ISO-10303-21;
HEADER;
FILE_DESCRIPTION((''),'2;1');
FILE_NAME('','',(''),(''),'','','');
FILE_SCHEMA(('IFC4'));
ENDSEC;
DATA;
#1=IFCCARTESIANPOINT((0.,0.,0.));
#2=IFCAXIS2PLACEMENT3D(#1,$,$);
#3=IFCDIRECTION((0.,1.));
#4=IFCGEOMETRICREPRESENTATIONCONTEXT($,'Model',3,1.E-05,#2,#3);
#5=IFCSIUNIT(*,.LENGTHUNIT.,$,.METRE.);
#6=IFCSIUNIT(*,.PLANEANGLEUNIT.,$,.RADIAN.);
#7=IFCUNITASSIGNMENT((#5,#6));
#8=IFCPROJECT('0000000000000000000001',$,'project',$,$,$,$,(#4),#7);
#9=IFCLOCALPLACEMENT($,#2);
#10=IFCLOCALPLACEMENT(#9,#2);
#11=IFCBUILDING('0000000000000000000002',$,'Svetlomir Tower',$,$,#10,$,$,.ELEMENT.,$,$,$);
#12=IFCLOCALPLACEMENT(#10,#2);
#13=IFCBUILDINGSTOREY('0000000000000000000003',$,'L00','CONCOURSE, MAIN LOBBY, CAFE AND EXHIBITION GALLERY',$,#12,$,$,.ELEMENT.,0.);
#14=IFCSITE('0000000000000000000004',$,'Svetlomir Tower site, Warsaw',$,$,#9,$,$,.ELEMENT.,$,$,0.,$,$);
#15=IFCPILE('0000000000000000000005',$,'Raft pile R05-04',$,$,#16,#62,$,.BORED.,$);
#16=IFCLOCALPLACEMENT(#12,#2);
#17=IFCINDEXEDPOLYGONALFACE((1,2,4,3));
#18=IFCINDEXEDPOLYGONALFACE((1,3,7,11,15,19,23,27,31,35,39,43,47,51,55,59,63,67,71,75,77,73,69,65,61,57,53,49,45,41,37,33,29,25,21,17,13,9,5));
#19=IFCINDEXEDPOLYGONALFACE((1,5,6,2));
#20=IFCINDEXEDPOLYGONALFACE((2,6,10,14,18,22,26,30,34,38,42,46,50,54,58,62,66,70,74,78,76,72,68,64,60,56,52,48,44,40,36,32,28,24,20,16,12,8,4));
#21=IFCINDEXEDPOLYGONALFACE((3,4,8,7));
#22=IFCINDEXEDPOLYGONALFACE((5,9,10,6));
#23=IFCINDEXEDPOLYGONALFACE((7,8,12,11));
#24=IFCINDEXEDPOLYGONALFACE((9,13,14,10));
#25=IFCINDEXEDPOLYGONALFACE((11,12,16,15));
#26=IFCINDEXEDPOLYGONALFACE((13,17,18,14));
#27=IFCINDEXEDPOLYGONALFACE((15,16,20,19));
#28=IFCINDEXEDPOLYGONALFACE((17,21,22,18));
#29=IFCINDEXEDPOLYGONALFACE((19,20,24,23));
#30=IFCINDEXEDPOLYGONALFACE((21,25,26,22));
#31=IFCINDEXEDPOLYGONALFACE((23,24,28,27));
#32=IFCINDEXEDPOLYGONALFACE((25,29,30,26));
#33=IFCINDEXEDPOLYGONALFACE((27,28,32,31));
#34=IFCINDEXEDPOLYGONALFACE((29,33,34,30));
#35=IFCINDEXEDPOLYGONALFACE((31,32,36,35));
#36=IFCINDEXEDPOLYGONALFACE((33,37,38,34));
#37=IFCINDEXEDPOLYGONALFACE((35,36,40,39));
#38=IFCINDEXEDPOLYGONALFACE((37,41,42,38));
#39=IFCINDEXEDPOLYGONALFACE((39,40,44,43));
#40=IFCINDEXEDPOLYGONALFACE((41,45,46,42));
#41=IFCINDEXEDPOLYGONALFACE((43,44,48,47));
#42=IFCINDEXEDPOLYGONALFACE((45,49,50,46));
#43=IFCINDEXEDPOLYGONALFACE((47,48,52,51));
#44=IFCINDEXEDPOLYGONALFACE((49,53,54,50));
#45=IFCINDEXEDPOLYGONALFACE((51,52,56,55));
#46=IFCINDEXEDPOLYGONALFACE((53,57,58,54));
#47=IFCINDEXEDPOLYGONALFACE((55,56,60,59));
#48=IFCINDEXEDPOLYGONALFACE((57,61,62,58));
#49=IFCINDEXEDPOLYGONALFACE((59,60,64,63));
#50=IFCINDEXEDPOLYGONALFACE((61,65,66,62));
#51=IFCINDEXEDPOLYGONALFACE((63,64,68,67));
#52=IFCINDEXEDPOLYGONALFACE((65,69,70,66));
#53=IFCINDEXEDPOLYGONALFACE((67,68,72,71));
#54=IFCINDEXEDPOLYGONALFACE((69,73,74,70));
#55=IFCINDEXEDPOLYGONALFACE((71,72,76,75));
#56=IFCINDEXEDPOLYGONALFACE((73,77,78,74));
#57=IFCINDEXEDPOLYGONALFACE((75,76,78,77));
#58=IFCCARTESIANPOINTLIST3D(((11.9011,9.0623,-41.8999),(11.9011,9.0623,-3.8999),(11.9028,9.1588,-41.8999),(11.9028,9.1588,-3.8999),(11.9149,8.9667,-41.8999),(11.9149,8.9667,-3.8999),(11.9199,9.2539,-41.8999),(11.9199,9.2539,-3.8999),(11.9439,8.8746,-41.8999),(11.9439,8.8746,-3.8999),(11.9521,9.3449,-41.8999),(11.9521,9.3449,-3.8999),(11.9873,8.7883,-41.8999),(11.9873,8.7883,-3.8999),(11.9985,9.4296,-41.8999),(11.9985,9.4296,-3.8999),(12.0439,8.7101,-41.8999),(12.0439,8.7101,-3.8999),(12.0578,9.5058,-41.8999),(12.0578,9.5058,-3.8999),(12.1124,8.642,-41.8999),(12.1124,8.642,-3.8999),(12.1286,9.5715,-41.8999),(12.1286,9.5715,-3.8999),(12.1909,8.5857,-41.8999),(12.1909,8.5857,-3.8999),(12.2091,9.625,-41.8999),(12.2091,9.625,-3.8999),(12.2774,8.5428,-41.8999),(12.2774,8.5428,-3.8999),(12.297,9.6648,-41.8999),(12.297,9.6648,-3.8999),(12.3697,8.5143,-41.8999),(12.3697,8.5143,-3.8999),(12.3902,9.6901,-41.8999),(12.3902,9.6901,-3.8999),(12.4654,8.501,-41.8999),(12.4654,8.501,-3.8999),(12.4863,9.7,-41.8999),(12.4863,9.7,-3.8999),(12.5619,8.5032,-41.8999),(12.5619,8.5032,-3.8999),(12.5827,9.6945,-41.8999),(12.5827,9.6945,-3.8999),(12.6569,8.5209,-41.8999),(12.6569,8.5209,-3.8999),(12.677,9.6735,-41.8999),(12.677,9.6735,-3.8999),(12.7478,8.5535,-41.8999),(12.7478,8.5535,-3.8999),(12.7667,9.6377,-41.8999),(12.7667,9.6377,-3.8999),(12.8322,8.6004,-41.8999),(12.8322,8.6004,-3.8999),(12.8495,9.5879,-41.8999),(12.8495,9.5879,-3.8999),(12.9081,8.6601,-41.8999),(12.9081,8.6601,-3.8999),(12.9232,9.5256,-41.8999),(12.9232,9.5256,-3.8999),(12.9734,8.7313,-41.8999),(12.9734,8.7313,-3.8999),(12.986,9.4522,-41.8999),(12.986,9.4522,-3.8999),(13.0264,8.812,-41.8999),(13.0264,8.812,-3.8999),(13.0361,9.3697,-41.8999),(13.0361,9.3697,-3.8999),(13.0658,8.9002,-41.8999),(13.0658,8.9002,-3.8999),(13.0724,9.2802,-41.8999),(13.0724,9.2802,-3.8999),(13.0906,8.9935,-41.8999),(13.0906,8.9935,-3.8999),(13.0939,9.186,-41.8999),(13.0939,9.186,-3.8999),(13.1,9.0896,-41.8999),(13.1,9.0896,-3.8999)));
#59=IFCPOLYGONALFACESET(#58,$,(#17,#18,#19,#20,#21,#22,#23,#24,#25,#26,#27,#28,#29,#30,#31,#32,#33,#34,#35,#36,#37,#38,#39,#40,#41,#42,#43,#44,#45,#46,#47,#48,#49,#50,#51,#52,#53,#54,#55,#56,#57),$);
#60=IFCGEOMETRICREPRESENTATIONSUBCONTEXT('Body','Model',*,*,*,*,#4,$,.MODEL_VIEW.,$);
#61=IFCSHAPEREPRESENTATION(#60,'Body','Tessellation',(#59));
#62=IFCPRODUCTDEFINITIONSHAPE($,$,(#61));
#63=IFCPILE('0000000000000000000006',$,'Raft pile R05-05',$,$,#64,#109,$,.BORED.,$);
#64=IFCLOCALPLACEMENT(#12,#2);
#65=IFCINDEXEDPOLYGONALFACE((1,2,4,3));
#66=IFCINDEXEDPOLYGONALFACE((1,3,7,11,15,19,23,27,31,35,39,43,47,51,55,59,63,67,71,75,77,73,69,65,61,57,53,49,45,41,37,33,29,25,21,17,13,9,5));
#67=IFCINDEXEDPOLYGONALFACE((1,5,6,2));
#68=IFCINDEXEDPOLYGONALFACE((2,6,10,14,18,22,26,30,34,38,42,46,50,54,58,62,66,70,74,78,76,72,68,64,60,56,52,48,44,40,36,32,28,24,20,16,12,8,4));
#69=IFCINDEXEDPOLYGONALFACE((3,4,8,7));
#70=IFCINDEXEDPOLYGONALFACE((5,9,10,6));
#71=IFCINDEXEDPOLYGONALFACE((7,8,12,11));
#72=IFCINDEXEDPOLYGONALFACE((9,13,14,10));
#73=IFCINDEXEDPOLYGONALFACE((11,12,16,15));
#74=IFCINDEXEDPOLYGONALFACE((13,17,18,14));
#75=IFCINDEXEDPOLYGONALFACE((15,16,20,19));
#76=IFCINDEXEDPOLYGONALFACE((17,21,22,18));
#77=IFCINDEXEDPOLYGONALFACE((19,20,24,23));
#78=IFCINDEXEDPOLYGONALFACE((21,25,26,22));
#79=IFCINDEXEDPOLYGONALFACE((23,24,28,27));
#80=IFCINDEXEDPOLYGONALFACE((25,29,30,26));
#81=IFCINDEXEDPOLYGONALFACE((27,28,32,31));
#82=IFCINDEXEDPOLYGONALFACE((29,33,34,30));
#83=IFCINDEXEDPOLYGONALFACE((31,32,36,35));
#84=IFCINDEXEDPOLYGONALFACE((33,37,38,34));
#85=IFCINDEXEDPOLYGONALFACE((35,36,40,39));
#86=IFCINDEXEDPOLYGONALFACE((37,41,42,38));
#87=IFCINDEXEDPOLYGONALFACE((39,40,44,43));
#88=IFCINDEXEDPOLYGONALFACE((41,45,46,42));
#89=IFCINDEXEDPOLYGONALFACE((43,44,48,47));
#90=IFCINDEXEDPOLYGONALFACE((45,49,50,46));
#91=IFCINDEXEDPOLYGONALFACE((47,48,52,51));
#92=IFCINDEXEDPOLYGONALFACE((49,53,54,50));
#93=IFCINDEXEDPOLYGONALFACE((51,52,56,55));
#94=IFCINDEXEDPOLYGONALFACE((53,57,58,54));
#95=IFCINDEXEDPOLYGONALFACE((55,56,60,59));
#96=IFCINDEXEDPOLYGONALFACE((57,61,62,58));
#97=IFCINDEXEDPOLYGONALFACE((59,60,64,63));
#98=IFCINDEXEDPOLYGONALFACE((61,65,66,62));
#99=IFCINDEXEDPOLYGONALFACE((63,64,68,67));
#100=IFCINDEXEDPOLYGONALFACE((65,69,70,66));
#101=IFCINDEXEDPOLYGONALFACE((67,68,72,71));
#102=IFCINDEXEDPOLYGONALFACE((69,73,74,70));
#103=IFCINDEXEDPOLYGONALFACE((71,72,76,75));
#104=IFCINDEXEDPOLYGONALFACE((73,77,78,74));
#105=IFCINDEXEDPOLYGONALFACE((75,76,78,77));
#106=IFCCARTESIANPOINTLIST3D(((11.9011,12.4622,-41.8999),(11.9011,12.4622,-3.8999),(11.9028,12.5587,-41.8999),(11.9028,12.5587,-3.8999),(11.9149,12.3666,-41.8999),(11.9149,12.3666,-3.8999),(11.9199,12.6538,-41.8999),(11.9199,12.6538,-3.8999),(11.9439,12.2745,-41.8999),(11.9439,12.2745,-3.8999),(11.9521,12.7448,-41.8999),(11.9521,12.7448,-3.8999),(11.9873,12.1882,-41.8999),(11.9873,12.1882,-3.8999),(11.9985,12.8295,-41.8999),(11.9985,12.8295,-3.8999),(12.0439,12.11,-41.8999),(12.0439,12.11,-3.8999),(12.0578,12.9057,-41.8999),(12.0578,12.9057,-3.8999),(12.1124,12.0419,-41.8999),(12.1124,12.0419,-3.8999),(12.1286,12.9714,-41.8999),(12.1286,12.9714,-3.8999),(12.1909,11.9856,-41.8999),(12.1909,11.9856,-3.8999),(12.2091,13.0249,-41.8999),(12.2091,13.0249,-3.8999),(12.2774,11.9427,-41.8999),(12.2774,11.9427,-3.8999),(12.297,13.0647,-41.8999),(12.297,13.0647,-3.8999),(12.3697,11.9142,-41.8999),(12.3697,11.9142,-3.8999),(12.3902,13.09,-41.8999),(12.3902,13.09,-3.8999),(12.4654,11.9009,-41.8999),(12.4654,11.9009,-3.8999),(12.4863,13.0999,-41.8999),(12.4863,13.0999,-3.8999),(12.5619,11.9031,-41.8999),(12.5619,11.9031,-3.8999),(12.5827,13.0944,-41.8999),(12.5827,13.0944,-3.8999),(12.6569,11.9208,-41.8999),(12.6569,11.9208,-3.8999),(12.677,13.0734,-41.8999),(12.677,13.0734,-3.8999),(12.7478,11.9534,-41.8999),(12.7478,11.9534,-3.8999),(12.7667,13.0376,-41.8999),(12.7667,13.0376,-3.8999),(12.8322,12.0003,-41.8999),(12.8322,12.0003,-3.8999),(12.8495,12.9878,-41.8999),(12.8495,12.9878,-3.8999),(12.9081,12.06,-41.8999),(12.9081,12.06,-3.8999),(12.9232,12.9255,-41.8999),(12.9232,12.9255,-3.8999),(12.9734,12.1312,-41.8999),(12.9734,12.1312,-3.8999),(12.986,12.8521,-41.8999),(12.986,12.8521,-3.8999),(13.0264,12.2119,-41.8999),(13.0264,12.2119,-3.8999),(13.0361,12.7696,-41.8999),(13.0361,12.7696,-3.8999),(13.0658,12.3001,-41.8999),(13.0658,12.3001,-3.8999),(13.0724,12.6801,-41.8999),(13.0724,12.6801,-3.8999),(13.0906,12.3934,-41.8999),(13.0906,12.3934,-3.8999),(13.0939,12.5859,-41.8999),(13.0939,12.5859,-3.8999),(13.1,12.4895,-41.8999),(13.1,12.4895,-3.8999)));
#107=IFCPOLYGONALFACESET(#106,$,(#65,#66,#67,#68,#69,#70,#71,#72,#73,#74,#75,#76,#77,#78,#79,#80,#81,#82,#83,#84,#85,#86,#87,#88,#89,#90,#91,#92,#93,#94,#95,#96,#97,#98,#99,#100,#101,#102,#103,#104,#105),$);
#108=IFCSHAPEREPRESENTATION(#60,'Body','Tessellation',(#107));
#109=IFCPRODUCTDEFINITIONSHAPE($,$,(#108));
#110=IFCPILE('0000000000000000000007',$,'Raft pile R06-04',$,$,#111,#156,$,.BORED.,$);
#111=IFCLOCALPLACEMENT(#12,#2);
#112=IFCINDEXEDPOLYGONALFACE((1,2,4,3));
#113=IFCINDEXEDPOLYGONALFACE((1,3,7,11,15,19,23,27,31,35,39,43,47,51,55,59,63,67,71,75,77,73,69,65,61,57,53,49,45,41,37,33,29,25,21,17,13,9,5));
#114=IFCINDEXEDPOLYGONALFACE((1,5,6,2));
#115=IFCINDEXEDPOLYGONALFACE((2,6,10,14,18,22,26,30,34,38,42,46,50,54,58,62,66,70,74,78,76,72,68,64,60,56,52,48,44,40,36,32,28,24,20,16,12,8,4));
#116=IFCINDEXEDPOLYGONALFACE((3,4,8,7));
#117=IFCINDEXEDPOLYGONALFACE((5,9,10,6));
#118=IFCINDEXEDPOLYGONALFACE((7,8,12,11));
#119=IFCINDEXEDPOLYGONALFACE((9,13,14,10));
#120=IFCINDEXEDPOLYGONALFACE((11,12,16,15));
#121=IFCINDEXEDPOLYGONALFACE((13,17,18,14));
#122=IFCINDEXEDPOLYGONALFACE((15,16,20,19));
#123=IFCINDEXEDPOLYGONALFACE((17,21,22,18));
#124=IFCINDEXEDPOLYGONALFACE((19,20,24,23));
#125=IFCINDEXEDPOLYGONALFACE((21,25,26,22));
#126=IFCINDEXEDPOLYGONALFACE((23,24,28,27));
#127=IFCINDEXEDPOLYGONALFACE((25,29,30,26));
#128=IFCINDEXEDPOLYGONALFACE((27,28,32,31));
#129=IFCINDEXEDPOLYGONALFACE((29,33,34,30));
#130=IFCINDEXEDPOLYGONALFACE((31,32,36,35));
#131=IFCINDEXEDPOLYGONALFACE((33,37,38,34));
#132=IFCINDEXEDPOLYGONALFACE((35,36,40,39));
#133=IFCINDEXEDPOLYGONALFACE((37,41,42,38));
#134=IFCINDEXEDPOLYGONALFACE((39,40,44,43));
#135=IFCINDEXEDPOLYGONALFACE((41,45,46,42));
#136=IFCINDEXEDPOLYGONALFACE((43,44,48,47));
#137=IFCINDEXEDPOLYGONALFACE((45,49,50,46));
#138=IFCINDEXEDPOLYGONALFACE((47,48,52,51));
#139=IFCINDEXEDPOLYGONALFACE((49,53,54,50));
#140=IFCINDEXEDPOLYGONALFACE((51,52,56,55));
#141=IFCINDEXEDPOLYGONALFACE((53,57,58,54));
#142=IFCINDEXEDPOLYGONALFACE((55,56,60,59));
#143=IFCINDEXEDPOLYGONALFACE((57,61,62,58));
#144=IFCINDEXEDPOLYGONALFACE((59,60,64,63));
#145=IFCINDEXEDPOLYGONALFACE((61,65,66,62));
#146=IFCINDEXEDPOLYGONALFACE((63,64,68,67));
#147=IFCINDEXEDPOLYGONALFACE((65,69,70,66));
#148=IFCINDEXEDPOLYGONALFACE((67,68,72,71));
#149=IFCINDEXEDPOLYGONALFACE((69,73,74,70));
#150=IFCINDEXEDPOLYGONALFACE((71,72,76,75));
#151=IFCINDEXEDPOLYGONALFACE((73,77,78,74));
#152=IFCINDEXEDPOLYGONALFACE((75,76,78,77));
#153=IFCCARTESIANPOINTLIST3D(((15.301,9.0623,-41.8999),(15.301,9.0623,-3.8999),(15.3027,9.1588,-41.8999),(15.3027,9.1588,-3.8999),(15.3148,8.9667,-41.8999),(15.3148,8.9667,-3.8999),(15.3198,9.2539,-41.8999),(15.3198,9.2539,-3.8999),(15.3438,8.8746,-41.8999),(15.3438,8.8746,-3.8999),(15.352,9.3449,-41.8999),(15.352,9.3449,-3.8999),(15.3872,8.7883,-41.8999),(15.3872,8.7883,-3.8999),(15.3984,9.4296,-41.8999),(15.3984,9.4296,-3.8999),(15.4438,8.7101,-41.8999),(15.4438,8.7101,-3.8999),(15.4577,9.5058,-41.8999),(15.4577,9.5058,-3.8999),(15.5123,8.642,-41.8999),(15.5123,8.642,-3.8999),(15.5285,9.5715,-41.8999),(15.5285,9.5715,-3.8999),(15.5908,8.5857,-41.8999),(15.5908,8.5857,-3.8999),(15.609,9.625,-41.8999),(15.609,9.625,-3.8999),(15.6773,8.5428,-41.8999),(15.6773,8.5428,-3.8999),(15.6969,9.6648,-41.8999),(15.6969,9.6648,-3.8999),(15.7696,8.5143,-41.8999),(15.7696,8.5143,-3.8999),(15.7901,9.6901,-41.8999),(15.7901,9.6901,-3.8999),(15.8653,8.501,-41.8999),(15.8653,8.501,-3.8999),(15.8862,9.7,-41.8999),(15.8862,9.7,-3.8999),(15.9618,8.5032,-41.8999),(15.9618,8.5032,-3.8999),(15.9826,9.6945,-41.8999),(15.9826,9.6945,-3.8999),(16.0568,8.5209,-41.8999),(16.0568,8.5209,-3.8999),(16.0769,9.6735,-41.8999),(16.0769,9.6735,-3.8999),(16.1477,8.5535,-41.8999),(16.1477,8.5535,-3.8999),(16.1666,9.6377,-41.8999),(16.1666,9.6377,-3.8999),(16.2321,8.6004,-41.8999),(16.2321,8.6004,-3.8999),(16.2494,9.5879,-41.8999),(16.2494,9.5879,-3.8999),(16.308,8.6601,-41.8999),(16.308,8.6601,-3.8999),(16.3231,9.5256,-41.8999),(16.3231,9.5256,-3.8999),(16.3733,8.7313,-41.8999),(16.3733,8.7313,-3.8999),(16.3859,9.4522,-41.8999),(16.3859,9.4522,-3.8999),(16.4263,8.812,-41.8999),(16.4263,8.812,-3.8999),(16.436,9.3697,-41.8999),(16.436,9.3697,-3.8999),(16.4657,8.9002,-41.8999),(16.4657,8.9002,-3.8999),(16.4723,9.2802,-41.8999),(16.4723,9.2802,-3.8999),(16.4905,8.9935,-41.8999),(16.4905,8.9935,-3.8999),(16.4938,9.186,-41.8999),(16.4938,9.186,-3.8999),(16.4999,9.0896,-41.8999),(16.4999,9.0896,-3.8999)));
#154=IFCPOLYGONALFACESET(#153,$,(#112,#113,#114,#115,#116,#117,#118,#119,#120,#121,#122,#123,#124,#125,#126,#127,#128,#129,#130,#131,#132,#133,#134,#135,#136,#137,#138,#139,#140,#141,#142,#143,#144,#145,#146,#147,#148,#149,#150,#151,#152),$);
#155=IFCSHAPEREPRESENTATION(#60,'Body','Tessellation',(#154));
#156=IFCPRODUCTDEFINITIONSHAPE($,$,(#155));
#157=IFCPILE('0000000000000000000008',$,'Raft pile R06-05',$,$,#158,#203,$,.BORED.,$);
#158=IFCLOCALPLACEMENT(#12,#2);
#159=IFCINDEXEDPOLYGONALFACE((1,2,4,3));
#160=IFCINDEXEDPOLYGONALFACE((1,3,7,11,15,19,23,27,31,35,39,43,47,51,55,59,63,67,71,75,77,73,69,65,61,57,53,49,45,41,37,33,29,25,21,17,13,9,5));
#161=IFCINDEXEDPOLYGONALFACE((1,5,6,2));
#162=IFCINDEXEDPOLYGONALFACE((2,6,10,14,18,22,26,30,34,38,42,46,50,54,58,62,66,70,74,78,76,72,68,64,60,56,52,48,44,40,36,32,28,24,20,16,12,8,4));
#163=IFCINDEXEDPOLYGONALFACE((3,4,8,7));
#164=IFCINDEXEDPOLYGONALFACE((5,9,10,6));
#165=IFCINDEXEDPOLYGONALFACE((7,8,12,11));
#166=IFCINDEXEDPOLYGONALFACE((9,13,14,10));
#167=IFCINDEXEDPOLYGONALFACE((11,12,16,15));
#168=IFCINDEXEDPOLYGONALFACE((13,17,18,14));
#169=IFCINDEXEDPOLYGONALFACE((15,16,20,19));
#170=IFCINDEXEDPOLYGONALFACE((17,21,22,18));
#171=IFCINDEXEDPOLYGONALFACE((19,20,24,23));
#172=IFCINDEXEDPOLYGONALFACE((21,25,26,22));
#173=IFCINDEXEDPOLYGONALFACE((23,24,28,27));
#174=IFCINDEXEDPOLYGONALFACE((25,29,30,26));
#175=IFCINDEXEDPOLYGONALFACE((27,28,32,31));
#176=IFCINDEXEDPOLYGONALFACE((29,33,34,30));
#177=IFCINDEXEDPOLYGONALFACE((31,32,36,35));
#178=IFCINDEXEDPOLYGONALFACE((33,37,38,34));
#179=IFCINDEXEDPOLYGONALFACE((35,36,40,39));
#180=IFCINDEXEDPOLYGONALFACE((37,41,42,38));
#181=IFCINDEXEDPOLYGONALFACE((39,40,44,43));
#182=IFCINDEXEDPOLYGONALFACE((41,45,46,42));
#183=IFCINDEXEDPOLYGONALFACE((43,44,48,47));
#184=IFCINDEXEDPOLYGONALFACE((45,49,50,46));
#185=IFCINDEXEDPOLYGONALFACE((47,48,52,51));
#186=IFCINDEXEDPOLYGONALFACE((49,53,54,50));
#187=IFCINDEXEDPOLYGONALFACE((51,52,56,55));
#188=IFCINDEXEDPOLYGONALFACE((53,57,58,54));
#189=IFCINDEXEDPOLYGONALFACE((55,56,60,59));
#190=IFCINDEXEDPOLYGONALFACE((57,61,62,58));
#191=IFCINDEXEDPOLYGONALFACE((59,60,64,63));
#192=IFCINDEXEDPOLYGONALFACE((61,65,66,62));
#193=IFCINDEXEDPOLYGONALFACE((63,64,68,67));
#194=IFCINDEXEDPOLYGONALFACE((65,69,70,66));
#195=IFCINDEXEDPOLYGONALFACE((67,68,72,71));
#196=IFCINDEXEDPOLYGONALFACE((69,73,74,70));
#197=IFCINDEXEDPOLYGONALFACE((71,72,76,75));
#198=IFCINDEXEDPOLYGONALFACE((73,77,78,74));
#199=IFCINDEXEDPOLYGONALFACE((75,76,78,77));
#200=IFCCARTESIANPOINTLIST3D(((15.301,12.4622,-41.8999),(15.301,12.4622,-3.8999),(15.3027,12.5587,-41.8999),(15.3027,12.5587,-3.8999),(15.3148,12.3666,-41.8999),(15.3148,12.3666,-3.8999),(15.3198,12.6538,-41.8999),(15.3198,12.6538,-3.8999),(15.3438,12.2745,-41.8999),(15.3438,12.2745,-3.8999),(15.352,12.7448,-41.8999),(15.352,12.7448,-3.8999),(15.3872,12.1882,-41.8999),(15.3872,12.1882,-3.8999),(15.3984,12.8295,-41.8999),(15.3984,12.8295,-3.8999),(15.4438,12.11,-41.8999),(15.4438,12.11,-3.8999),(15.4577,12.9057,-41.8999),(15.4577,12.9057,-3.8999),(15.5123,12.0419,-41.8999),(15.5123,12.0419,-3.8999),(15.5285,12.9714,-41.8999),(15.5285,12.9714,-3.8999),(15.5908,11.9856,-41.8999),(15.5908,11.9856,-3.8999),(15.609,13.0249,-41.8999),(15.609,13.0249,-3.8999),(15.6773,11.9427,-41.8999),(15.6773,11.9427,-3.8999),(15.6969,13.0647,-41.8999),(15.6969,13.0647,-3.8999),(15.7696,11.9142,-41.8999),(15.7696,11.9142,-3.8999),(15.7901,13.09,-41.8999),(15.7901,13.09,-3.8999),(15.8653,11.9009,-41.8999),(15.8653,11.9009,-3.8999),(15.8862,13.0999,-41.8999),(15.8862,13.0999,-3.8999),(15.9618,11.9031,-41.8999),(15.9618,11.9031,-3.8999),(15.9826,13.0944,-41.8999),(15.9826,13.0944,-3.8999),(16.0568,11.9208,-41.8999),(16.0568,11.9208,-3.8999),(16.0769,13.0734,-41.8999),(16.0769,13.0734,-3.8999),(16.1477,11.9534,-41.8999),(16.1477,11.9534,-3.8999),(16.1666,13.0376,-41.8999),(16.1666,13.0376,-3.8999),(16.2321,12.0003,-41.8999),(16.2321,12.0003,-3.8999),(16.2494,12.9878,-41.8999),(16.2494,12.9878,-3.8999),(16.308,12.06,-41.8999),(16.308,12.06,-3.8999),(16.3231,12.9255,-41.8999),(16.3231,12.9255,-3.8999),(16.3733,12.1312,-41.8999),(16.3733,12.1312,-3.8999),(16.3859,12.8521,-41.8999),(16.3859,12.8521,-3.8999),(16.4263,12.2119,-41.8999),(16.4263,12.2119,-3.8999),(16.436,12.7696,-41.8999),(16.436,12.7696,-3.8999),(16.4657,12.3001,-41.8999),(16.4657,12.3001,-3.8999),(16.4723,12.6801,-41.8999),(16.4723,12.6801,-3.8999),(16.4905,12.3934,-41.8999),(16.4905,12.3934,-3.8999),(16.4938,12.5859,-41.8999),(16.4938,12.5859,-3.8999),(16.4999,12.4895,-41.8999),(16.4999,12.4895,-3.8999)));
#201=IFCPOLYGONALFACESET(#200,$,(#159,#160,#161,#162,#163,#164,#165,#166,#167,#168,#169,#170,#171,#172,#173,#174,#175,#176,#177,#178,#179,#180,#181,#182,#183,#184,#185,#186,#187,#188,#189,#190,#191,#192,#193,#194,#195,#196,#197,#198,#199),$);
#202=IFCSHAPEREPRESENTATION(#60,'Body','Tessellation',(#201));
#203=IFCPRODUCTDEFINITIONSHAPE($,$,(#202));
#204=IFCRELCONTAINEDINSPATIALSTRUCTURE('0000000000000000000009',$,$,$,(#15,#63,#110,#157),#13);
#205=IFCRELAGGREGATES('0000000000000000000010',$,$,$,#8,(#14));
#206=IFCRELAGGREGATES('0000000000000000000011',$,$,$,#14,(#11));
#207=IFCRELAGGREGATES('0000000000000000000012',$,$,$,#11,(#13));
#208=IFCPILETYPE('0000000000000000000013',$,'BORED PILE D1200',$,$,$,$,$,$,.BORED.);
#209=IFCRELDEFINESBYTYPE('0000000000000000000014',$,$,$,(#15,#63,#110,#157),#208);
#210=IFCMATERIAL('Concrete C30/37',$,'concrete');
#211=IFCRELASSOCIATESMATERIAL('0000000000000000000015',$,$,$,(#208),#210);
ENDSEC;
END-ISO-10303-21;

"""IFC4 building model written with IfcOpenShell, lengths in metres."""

from ifc_helpers import new_model, si_unit, direction, frame, frame_2d, origin, origin_2d, place, context, subcontext, project, spatial, circle, extrude, material, material_profile, profile_set, type_object, element, save


model = new_model("IFC4")

# Units and contexts
model_context = context("Model", 3, precision=1e-05, world=origin(), true_north=direction((0.0, 1.0)))
body_context = subcontext(model_context, "Body", "Model", "MODEL_VIEW")
ifc_project = project(units=[si_unit("LENGTHUNIT", "METRE"), si_unit("PLANEANGLEUNIT", "RADIAN")], contexts=[model_context])

# Site, building, storey
site_placement = place(None, origin())
site = spatial("IfcSite", under=ifc_project, at=site_placement, Name="Svetlomir Tower site, Warsaw", CompositionType="ELEMENT", RefElevation=0.0)
building_placement = place(site_placement, origin())
building = spatial("IfcBuilding", under=site, at=building_placement, Name="Svetlomir Tower", CompositionType="ELEMENT")
storey_placement = place(building_placement, origin())
storey = spatial("IfcBuildingStorey", under=building, at=storey_placement, Name="L00", Description="CONCOURSE, MAIN LOBBY, CAFE AND EXHIBITION GALLERY", CompositionType="ELEMENT", Elevation=0.0)

# Piles
ifc_material_1 = material(Name="Concrete C30/37", Category="concrete")
ifc_material_profile = material_profile(ifc_material_1, circle(Radius=0.6001, at=origin_2d()), Name="D1200")
ifc_profile_set = profile_set([ifc_material_profile], Name="Concrete C30/37")
pile_type = type_object("IfcPileType", Name="BORED PILE D1200", PredefinedType="BORED", material=ifc_profile_set)
for number, where, z_axis, x_axis, name in (
    (1, (12.5, 9.1001, -3.8999), (0.0, 0.0, -1.0), (1.0, 0.0, 0.0), "Raft pile R05-04"),
    (2, (12.5, 12.5, -3.8999), (0.0, 0.0, -1.0), (1.0, 0.0, 0.0), "Raft pile R05-05"),
    (3, (15.8999, 9.1001, -3.8999), (0.0, 0.0, -1.0), (1.0, 0.0, 0.0), "Raft pile R06-04"),
    (4, (15.8999, 12.5, -3.8999), (0.0, 0.0, -1.0), (1.0, 0.0, 0.0), "Raft pile R06-05"),
):
    element("IfcPile", number, at=place(storey_placement, frame(where, z_axis=z_axis, x_axis=x_axis)), inside=storey, type_object=pile_type, Name=name, PredefinedType="BORED", context=body_context, shape_type="SweptSolid", body=[
        extrude(circle(Radius=0.6001, at=frame_2d((0.0, 0.0), x_axis=(0.999848, 0.017452))), origin(), (0.0, 0.0, 1.0), 38.0),
    ])

save(model, "model.ifc")
